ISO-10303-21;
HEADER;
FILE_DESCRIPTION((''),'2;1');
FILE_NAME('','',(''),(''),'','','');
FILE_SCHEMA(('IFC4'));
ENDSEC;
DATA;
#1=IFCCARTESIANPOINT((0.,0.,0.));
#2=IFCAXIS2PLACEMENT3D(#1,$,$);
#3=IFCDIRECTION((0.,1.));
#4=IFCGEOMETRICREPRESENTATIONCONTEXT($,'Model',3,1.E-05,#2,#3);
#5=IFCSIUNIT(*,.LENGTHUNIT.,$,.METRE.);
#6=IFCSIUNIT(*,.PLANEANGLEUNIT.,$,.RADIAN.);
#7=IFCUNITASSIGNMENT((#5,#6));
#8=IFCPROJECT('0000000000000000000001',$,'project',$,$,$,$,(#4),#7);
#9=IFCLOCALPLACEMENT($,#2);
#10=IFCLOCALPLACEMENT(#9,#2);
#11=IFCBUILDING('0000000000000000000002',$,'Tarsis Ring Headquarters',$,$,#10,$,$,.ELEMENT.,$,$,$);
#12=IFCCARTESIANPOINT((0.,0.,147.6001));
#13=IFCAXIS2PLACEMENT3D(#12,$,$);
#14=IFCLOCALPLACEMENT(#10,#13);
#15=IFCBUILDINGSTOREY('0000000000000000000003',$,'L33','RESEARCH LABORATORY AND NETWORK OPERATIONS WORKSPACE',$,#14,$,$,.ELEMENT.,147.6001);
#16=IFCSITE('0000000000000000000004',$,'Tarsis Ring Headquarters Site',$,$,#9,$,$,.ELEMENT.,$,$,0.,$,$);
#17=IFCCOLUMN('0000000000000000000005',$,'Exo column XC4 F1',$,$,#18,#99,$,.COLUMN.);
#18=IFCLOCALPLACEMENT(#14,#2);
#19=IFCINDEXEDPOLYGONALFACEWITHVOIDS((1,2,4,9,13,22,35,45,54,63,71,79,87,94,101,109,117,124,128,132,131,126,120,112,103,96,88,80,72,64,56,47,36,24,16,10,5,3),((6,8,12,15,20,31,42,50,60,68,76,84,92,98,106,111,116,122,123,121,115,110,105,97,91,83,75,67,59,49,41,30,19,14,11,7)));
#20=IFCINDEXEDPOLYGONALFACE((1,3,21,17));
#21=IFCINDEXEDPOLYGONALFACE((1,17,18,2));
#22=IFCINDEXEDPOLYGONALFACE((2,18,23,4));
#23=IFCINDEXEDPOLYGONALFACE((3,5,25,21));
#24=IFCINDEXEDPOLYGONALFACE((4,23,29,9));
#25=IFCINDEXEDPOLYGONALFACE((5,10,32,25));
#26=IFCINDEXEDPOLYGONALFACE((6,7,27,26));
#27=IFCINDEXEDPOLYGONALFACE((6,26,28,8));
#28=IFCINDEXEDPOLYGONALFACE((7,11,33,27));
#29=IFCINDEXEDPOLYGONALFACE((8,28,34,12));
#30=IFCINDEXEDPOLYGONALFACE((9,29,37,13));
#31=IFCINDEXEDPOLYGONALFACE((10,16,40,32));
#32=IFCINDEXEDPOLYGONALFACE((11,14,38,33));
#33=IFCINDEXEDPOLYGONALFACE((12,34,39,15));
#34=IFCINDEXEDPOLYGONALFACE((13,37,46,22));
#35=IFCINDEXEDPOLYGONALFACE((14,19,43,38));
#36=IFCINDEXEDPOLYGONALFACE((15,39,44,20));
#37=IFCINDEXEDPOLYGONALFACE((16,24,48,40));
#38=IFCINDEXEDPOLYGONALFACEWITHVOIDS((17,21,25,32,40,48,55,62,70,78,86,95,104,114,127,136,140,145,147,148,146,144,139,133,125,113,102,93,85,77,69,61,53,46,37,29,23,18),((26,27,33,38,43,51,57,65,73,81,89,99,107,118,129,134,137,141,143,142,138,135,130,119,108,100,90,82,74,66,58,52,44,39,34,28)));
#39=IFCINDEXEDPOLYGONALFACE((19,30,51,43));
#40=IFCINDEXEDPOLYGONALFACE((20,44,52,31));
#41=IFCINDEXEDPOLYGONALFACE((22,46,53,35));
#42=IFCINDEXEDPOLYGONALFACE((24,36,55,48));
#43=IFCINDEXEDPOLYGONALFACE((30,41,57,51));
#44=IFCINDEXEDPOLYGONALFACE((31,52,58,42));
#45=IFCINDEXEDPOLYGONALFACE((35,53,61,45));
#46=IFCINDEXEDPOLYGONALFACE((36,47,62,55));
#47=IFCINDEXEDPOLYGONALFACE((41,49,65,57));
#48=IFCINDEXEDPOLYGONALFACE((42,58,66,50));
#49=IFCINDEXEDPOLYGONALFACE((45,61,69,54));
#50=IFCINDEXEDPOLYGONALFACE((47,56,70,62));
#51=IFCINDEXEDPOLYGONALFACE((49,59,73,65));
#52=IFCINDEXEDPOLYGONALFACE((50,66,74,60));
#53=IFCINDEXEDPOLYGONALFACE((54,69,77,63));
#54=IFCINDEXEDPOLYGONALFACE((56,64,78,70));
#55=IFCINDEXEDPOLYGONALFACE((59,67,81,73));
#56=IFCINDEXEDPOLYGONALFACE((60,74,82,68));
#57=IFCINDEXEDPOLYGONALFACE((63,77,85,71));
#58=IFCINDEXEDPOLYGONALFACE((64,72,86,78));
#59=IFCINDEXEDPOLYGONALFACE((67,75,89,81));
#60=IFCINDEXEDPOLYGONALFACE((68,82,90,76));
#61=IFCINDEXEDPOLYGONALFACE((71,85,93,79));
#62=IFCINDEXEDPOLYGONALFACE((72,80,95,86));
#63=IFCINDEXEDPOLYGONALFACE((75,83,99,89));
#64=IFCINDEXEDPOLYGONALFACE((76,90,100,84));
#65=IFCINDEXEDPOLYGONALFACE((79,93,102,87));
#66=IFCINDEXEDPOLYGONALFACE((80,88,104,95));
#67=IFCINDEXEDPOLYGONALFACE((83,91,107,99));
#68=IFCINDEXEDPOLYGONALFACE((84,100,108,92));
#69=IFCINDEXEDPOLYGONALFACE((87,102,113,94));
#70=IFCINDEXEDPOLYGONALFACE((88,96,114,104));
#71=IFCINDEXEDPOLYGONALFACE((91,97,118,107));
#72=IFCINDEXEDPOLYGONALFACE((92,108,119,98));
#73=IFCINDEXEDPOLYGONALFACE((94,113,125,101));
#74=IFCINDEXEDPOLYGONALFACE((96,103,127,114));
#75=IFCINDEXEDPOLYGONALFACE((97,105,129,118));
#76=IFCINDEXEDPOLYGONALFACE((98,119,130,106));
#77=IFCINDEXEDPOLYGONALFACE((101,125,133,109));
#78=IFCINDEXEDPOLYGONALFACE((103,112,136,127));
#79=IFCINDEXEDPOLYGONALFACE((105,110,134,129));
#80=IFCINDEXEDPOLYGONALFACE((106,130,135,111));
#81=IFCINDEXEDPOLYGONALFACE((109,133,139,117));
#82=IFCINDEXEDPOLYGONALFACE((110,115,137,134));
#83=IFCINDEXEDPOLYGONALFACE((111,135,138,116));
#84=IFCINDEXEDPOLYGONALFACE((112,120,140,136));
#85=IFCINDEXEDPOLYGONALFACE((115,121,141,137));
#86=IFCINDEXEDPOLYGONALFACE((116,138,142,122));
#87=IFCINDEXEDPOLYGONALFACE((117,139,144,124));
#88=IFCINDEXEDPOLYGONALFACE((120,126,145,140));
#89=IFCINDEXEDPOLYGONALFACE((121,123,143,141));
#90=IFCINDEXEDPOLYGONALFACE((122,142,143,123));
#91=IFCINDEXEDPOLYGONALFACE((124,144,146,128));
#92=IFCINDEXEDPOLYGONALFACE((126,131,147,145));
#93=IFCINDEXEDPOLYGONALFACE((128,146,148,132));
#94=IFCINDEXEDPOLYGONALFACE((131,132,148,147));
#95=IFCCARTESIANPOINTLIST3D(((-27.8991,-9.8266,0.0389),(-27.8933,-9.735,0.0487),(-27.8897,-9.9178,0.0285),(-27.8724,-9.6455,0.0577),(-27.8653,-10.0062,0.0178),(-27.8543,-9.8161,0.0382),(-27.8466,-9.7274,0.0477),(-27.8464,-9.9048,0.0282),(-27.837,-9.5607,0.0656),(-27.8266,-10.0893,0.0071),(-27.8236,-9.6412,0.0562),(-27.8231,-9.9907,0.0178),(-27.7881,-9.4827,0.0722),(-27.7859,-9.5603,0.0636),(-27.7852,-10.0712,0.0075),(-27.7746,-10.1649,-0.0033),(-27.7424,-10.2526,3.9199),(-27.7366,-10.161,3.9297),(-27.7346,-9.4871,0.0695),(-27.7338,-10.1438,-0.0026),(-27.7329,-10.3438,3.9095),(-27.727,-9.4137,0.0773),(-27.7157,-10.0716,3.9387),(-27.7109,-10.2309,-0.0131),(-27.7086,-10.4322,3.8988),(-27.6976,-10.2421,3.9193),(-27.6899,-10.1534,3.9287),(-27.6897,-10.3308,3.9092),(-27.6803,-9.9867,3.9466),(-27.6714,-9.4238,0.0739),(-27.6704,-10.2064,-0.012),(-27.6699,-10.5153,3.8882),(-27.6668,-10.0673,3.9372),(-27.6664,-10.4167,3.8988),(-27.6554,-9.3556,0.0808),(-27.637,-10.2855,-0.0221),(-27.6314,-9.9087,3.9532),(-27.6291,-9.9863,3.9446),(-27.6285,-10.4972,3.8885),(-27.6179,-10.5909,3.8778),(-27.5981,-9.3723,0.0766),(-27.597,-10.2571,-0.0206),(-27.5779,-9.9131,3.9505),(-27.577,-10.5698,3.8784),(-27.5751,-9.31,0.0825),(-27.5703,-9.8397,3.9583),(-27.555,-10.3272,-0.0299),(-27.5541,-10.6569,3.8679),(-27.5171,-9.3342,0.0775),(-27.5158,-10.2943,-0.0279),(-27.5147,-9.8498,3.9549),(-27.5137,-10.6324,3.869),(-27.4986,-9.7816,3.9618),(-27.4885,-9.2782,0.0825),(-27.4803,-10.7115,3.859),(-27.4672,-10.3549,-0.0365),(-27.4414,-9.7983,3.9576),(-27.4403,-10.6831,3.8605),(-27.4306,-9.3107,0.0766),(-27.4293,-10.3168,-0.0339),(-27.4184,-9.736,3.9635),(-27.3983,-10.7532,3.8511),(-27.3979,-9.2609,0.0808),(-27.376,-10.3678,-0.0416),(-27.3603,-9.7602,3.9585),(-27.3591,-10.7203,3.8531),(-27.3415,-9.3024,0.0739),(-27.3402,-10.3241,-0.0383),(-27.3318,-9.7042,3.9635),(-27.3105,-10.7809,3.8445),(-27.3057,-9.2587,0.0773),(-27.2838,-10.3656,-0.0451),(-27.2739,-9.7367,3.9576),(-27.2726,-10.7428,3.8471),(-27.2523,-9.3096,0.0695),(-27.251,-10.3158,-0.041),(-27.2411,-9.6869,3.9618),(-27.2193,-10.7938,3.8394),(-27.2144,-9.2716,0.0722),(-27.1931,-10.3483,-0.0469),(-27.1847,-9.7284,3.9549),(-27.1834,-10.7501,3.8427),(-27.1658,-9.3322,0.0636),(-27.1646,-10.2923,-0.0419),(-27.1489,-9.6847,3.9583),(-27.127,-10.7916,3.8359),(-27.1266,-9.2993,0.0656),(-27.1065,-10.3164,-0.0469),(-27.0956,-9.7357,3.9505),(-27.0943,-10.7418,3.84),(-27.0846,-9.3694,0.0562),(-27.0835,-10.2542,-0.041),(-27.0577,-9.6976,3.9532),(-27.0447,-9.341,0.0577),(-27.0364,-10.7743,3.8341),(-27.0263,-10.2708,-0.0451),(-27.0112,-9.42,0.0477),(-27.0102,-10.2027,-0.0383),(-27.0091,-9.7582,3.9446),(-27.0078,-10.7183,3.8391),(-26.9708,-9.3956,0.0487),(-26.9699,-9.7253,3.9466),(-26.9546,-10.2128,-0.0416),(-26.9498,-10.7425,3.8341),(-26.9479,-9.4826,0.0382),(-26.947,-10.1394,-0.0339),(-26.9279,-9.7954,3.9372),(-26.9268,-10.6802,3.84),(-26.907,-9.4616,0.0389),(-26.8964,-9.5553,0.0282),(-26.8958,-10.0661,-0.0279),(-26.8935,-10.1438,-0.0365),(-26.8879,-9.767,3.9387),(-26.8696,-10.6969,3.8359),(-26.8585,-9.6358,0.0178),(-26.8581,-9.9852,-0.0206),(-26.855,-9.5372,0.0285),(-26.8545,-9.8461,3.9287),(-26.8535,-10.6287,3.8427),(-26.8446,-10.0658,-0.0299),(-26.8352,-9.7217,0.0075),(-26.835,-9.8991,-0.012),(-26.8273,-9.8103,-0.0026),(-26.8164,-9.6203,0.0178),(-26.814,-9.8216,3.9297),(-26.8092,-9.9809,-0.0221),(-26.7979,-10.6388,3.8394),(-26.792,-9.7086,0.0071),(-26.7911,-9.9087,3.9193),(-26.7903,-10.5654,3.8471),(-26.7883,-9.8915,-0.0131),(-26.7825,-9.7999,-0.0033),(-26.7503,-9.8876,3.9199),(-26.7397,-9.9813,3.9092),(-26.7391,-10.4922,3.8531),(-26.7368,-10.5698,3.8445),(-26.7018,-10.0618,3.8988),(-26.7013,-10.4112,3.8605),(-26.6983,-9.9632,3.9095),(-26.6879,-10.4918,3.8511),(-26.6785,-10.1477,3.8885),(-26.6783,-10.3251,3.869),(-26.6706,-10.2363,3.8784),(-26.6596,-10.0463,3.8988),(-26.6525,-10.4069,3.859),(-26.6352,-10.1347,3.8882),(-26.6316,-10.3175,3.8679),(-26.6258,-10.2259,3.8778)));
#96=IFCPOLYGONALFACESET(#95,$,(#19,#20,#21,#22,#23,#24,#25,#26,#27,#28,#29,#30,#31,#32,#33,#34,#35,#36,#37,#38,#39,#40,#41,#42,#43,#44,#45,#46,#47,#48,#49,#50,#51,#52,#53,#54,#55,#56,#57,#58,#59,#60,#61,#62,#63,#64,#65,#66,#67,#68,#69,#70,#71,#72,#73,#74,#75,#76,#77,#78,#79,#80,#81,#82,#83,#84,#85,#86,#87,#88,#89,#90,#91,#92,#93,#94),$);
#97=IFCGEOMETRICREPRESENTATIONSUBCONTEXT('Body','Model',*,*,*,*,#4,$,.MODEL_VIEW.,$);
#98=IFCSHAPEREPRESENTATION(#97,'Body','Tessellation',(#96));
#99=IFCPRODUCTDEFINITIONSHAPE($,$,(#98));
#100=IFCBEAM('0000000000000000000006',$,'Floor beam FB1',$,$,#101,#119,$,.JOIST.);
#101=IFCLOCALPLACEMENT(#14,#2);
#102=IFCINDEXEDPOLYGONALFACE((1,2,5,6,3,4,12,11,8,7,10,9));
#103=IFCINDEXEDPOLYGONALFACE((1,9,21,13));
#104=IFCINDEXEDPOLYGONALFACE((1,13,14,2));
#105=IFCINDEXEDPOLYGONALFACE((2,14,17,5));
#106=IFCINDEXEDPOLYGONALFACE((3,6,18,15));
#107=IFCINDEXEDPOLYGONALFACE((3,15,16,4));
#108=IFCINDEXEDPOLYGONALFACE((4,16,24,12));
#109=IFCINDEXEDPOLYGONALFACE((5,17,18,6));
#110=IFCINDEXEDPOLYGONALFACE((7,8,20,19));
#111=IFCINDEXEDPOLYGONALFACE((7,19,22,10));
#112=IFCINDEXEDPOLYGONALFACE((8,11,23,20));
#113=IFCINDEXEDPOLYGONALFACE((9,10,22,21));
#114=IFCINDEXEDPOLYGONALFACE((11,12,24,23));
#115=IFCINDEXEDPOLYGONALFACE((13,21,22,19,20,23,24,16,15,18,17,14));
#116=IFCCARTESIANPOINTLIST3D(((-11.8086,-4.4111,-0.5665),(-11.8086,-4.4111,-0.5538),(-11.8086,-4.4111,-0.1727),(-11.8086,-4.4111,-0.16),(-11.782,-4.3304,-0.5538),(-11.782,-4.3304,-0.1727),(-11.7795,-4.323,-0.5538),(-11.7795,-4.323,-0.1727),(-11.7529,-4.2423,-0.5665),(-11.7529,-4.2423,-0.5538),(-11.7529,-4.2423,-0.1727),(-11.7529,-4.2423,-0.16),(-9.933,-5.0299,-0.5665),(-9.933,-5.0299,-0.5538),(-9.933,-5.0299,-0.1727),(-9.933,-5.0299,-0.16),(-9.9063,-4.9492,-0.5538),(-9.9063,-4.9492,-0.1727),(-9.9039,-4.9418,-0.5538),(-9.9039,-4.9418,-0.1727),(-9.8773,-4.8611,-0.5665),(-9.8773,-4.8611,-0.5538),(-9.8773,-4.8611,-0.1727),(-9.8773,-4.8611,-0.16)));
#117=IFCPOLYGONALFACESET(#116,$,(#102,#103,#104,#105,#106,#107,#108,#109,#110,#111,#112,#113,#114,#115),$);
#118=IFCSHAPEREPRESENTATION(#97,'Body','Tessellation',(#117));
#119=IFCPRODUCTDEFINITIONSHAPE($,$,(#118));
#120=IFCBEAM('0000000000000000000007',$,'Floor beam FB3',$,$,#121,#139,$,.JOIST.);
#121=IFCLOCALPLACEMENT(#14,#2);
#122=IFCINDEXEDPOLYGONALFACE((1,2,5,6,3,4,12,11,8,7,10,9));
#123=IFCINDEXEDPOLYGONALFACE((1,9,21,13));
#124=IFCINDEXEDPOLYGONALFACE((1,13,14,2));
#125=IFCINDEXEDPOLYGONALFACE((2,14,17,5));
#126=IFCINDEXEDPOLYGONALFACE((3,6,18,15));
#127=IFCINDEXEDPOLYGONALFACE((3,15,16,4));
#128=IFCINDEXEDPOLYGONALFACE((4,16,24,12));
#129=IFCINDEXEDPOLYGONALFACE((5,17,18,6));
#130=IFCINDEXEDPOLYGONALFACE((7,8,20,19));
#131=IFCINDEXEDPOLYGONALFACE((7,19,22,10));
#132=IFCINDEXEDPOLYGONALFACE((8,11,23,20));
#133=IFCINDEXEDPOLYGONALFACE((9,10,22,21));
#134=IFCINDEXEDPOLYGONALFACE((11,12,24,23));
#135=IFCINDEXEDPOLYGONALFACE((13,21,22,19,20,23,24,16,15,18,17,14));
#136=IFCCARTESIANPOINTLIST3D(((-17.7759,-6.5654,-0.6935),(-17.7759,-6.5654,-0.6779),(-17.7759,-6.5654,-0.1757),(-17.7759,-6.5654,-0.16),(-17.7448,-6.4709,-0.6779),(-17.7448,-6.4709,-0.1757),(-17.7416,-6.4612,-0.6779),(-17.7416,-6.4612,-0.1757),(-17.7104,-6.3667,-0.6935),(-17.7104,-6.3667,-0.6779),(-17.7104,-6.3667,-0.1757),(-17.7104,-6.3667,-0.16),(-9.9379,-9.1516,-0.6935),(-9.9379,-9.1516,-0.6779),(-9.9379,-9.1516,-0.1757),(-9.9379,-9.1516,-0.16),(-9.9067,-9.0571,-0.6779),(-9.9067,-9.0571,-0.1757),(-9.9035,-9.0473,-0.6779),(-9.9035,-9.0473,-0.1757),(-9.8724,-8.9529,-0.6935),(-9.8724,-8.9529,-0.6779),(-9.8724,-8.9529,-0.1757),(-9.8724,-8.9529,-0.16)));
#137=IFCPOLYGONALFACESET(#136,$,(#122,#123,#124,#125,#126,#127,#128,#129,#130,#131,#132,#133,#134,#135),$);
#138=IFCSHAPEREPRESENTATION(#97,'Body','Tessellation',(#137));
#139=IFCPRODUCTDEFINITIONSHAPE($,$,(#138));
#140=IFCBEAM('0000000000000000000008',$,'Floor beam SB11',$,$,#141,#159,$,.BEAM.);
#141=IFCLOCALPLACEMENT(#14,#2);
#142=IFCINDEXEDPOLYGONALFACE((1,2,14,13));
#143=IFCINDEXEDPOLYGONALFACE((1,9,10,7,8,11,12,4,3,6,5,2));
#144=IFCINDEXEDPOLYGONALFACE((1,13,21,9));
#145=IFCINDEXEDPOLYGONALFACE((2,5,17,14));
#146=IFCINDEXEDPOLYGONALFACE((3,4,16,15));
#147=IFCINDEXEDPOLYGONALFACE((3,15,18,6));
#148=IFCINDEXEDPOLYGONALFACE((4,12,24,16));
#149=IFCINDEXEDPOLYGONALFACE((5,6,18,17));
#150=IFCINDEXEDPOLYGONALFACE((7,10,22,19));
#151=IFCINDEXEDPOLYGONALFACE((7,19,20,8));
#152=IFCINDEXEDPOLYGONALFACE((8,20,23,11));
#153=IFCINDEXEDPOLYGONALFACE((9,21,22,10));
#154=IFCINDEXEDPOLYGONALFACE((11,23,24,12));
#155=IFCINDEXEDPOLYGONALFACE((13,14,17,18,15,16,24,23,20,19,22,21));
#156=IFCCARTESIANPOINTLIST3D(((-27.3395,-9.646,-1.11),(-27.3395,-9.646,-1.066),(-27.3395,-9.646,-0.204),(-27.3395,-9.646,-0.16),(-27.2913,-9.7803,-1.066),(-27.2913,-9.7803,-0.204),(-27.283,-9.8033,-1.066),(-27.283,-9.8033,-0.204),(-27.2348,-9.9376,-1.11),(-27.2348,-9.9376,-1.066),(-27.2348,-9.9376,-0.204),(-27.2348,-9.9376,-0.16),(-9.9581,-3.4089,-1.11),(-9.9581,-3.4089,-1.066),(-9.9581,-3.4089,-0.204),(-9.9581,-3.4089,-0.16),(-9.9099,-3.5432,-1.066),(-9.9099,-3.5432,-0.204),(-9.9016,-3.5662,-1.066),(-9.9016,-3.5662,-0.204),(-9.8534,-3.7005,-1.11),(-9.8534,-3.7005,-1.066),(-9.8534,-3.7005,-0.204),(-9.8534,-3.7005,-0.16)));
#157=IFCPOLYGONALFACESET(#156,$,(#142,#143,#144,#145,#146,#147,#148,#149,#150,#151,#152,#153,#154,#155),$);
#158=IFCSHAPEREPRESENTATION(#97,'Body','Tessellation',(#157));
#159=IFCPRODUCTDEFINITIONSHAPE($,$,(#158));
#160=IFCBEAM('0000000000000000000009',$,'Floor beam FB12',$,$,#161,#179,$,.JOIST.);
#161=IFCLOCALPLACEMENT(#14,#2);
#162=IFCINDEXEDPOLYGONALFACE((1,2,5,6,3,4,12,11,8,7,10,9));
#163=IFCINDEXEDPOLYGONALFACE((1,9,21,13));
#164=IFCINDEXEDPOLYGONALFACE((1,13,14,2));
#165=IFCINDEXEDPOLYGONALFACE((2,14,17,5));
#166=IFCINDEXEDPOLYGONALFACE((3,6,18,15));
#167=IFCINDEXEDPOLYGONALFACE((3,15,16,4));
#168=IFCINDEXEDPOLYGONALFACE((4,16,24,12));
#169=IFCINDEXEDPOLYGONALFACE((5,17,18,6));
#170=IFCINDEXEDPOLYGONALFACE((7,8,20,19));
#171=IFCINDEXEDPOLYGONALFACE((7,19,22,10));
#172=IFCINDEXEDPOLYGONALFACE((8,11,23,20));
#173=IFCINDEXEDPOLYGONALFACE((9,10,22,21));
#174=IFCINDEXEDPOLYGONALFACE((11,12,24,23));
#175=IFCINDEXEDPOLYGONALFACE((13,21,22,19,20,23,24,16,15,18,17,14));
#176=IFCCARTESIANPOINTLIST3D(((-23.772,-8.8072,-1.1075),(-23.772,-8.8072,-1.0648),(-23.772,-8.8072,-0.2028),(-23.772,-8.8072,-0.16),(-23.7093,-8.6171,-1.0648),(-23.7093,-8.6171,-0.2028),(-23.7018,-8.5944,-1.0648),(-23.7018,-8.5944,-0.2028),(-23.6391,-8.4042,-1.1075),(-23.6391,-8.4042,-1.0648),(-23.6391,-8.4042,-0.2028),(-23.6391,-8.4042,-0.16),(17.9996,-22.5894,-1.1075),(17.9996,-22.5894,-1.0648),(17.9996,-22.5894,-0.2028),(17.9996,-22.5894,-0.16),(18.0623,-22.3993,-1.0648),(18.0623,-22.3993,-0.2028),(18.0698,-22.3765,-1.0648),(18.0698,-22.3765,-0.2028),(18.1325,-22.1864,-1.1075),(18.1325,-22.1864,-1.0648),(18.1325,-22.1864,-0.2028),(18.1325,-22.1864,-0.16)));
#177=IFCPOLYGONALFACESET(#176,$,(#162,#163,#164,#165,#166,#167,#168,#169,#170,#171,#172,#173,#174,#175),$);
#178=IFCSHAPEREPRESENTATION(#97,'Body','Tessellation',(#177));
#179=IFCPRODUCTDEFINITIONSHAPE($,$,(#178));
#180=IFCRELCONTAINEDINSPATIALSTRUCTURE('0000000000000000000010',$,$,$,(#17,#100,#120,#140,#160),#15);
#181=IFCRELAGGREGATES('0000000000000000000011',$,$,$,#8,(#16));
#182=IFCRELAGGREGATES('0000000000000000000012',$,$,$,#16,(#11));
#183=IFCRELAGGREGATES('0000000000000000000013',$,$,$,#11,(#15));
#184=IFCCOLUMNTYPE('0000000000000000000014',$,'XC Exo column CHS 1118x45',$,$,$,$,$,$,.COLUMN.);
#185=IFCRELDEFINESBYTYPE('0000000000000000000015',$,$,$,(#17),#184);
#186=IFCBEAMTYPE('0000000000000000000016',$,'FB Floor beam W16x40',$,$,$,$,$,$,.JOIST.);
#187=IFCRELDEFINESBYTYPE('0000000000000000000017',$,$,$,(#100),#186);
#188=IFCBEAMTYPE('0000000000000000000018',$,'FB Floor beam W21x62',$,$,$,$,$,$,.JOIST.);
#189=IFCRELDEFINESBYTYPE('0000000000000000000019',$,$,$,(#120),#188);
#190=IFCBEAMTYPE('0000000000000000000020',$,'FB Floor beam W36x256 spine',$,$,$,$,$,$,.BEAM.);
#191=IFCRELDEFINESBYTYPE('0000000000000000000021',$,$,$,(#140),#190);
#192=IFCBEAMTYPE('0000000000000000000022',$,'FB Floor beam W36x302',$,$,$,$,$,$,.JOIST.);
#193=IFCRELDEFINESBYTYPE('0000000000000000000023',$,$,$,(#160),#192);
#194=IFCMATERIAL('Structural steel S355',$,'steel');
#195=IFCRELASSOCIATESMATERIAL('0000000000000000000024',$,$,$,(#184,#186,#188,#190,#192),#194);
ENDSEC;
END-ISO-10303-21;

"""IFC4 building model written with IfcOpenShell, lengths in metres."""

from ifc_helpers import new_model, si_unit, direction, frame, origin, origin_2d, place, context, subcontext, project, spatial, hollow_circle, i_section, extrude, material, material_profile, profile_set, type_object, element, save


model = new_model("IFC4")

# Units and contexts
model_context = context("Model", 3, precision=1e-05, world=origin(), true_north=direction((0.0, 1.0)))
body_context = subcontext(model_context, "Body", "Model", "MODEL_VIEW")
ifc_project = project(units=[si_unit("LENGTHUNIT", "METRE"), si_unit("PLANEANGLEUNIT", "RADIAN")], contexts=[model_context])

# Site, building, storey
site_placement = place(None, origin())
site = spatial("IfcSite", under=ifc_project, at=site_placement, Name="Tarsis Ring Headquarters Site", CompositionType="ELEMENT", RefElevation=0.0)
building_placement = place(site_placement, origin())
building = spatial("IfcBuilding", under=site, at=building_placement, Name="Tarsis Ring Headquarters", CompositionType="ELEMENT")
storey_placement = place(building_placement, frame((0.0, 0.0, 147.6001)))
storey = spatial("IfcBuildingStorey", under=building, at=storey_placement, Name="L33", Description="RESEARCH LABORATORY AND NETWORK OPERATIONS WORKSPACE", CompositionType="ELEMENT", Elevation=147.6001)

# Column
ifc_material_1 = material(Name="Structural steel S355", Category="steel")
ifc_material_profile_1 = material_profile(ifc_material_1, hollow_circle(Radius=0.5588, WallThickness=0.0449, at=origin_2d()), Name="CHS 1118x45")
ifc_profile_set_1 = profile_set([ifc_material_profile_1], Name="Structural steel S355")
column_type = type_object("IfcColumnType", Name="XC Exo column CHS 1118x45", PredefinedType="COLUMN", material=ifc_profile_set_1)
column_placement = place(storey_placement, frame((-27.3408, -9.8132, 0.0178), z_axis=(0.040112, -0.109026, 0.993229), x_axis=(0.938499, 0.345282, 0.0)))
element("IfcColumn", 1, at=column_placement, inside=storey, type_object=column_type, Name="Exo column XC4 F1", PredefinedType="COLUMN", context=body_context, shape_type="SweptSolid", body=[
    extrude(hollow_circle(Radius=0.5588, WallThickness=0.0449, at=origin_2d()), origin(), (0.0, 0.0, 1.0), 3.9075),
])

# Beams
ifc_material_profile_2 = material_profile(ifc_material_1, i_section(OverallWidth=0.1777, OverallDepth=0.4065, WebThickness=0.0078, FlangeThickness=0.0127, at=origin_2d()), Name="W16x40")
ifc_profile_set_2 = profile_set([ifc_material_profile_2], Name="Structural steel S355")
beam_type_1 = type_object("IfcBeamType", Name="FB Floor beam W16x40", PredefinedType="JOIST", material=ifc_profile_set_2)
beam_1_placement = place(storey_placement, frame((-11.7808, -4.3267, -0.3633), z_axis=(0.949643, -0.313334, 0.0), x_axis=(0.313334, 0.949643, 0.0)))
element("IfcBeam", 2, at=beam_1_placement, inside=storey, type_object=beam_type_1, Name="Floor beam FB1", PredefinedType="JOIST", context=body_context, shape_type="SweptSolid", body=[
    extrude(i_section(OverallWidth=0.1777, OverallDepth=0.4065, WebThickness=0.0078, FlangeThickness=0.0127, at=origin_2d()), origin(), (0.0, 0.0, 1.0), 1.9751),
])
ifc_material_profile_3 = material_profile(ifc_material_1, i_section(OverallWidth=0.2092, OverallDepth=0.5334, WebThickness=0.0103, FlangeThickness=0.0156, at=origin_2d()), Name="W21x62")
ifc_profile_set_3 = profile_set([ifc_material_profile_3], Name="Structural steel S355")
beam_type_2 = type_object("IfcBeamType", Name="FB Floor beam W21x62", PredefinedType="JOIST", material=ifc_profile_set_3)
beam_2_placement = place(storey_placement, frame((-17.7432, -6.4661, -0.4268), z_axis=(0.949643, -0.313333, 0.0), x_axis=(0.313333, 0.949643, 0.0)))
element("IfcBeam", 3, at=beam_2_placement, inside=storey, type_object=beam_type_2, Name="Floor beam FB3", PredefinedType="JOIST", context=body_context, shape_type="SweptSolid", body=[
    extrude(i_section(OverallWidth=0.2092, OverallDepth=0.5334, WebThickness=0.0103, FlangeThickness=0.0156, at=origin_2d()), origin(), (0.0, 0.0, 1.0), 8.2537),
])
ifc_material_profile_4 = material_profile(ifc_material_1, i_section(OverallWidth=0.3098, OverallDepth=0.95, WebThickness=0.0244, FlangeThickness=0.0439, at=origin_2d()), Name="W36x256")
ifc_profile_set_4 = profile_set([ifc_material_profile_4], Name="Structural steel S355")
beam_type_3 = type_object("IfcBeamType", Name="FB Floor beam W36x256 spine", PredefinedType="BEAM", material=ifc_profile_set_4)
beam_3_placement = place(storey_placement, frame((-9.9058, -3.5547, -0.635), z_axis=(-0.941236, -0.33775, 0.0), x_axis=(0.33775, -0.941236, 0.0)))
element("IfcBeam", 4, at=beam_3_placement, inside=storey, type_object=beam_type_3, Name="Floor beam SB11", PredefinedType="BEAM", context=body_context, shape_type="SweptSolid", body=[
    extrude(i_section(OverallWidth=0.3098, OverallDepth=0.95, WebThickness=0.0244, FlangeThickness=0.0439, at=origin_2d()), origin(), (0.0, 0.0, 1.0), 18.4666),
])
ifc_material_profile_5 = material_profile(ifc_material_1, i_section(OverallWidth=0.4243, OverallDepth=0.9475, WebThickness=0.0239, FlangeThickness=0.0427, at=origin_2d()), Name="W36x302")
ifc_profile_set_5 = profile_set([ifc_material_profile_5], Name="Structural steel S355")
beam_type_4 = type_object("IfcBeamType", Name="FB Floor beam W36x302", PredefinedType="JOIST", material=ifc_profile_set_5)
beam_4_placement = place(storey_placement, frame((-23.7056, -8.6057, -0.6338), z_axis=(0.949645, -0.313327, 0.0), x_axis=(0.313327, 0.949645, 0.0)))
element("IfcBeam", 5, at=beam_4_placement, inside=storey, type_object=beam_type_4, Name="Floor beam FB12", PredefinedType="JOIST", context=body_context, shape_type="SweptSolid", body=[
    extrude(i_section(OverallWidth=0.4243, OverallDepth=0.9475, WebThickness=0.0239, FlangeThickness=0.0427, at=origin_2d()), origin(), (0.0, 0.0, 1.0), 43.9866),
])

save(model, "model.ifc")
